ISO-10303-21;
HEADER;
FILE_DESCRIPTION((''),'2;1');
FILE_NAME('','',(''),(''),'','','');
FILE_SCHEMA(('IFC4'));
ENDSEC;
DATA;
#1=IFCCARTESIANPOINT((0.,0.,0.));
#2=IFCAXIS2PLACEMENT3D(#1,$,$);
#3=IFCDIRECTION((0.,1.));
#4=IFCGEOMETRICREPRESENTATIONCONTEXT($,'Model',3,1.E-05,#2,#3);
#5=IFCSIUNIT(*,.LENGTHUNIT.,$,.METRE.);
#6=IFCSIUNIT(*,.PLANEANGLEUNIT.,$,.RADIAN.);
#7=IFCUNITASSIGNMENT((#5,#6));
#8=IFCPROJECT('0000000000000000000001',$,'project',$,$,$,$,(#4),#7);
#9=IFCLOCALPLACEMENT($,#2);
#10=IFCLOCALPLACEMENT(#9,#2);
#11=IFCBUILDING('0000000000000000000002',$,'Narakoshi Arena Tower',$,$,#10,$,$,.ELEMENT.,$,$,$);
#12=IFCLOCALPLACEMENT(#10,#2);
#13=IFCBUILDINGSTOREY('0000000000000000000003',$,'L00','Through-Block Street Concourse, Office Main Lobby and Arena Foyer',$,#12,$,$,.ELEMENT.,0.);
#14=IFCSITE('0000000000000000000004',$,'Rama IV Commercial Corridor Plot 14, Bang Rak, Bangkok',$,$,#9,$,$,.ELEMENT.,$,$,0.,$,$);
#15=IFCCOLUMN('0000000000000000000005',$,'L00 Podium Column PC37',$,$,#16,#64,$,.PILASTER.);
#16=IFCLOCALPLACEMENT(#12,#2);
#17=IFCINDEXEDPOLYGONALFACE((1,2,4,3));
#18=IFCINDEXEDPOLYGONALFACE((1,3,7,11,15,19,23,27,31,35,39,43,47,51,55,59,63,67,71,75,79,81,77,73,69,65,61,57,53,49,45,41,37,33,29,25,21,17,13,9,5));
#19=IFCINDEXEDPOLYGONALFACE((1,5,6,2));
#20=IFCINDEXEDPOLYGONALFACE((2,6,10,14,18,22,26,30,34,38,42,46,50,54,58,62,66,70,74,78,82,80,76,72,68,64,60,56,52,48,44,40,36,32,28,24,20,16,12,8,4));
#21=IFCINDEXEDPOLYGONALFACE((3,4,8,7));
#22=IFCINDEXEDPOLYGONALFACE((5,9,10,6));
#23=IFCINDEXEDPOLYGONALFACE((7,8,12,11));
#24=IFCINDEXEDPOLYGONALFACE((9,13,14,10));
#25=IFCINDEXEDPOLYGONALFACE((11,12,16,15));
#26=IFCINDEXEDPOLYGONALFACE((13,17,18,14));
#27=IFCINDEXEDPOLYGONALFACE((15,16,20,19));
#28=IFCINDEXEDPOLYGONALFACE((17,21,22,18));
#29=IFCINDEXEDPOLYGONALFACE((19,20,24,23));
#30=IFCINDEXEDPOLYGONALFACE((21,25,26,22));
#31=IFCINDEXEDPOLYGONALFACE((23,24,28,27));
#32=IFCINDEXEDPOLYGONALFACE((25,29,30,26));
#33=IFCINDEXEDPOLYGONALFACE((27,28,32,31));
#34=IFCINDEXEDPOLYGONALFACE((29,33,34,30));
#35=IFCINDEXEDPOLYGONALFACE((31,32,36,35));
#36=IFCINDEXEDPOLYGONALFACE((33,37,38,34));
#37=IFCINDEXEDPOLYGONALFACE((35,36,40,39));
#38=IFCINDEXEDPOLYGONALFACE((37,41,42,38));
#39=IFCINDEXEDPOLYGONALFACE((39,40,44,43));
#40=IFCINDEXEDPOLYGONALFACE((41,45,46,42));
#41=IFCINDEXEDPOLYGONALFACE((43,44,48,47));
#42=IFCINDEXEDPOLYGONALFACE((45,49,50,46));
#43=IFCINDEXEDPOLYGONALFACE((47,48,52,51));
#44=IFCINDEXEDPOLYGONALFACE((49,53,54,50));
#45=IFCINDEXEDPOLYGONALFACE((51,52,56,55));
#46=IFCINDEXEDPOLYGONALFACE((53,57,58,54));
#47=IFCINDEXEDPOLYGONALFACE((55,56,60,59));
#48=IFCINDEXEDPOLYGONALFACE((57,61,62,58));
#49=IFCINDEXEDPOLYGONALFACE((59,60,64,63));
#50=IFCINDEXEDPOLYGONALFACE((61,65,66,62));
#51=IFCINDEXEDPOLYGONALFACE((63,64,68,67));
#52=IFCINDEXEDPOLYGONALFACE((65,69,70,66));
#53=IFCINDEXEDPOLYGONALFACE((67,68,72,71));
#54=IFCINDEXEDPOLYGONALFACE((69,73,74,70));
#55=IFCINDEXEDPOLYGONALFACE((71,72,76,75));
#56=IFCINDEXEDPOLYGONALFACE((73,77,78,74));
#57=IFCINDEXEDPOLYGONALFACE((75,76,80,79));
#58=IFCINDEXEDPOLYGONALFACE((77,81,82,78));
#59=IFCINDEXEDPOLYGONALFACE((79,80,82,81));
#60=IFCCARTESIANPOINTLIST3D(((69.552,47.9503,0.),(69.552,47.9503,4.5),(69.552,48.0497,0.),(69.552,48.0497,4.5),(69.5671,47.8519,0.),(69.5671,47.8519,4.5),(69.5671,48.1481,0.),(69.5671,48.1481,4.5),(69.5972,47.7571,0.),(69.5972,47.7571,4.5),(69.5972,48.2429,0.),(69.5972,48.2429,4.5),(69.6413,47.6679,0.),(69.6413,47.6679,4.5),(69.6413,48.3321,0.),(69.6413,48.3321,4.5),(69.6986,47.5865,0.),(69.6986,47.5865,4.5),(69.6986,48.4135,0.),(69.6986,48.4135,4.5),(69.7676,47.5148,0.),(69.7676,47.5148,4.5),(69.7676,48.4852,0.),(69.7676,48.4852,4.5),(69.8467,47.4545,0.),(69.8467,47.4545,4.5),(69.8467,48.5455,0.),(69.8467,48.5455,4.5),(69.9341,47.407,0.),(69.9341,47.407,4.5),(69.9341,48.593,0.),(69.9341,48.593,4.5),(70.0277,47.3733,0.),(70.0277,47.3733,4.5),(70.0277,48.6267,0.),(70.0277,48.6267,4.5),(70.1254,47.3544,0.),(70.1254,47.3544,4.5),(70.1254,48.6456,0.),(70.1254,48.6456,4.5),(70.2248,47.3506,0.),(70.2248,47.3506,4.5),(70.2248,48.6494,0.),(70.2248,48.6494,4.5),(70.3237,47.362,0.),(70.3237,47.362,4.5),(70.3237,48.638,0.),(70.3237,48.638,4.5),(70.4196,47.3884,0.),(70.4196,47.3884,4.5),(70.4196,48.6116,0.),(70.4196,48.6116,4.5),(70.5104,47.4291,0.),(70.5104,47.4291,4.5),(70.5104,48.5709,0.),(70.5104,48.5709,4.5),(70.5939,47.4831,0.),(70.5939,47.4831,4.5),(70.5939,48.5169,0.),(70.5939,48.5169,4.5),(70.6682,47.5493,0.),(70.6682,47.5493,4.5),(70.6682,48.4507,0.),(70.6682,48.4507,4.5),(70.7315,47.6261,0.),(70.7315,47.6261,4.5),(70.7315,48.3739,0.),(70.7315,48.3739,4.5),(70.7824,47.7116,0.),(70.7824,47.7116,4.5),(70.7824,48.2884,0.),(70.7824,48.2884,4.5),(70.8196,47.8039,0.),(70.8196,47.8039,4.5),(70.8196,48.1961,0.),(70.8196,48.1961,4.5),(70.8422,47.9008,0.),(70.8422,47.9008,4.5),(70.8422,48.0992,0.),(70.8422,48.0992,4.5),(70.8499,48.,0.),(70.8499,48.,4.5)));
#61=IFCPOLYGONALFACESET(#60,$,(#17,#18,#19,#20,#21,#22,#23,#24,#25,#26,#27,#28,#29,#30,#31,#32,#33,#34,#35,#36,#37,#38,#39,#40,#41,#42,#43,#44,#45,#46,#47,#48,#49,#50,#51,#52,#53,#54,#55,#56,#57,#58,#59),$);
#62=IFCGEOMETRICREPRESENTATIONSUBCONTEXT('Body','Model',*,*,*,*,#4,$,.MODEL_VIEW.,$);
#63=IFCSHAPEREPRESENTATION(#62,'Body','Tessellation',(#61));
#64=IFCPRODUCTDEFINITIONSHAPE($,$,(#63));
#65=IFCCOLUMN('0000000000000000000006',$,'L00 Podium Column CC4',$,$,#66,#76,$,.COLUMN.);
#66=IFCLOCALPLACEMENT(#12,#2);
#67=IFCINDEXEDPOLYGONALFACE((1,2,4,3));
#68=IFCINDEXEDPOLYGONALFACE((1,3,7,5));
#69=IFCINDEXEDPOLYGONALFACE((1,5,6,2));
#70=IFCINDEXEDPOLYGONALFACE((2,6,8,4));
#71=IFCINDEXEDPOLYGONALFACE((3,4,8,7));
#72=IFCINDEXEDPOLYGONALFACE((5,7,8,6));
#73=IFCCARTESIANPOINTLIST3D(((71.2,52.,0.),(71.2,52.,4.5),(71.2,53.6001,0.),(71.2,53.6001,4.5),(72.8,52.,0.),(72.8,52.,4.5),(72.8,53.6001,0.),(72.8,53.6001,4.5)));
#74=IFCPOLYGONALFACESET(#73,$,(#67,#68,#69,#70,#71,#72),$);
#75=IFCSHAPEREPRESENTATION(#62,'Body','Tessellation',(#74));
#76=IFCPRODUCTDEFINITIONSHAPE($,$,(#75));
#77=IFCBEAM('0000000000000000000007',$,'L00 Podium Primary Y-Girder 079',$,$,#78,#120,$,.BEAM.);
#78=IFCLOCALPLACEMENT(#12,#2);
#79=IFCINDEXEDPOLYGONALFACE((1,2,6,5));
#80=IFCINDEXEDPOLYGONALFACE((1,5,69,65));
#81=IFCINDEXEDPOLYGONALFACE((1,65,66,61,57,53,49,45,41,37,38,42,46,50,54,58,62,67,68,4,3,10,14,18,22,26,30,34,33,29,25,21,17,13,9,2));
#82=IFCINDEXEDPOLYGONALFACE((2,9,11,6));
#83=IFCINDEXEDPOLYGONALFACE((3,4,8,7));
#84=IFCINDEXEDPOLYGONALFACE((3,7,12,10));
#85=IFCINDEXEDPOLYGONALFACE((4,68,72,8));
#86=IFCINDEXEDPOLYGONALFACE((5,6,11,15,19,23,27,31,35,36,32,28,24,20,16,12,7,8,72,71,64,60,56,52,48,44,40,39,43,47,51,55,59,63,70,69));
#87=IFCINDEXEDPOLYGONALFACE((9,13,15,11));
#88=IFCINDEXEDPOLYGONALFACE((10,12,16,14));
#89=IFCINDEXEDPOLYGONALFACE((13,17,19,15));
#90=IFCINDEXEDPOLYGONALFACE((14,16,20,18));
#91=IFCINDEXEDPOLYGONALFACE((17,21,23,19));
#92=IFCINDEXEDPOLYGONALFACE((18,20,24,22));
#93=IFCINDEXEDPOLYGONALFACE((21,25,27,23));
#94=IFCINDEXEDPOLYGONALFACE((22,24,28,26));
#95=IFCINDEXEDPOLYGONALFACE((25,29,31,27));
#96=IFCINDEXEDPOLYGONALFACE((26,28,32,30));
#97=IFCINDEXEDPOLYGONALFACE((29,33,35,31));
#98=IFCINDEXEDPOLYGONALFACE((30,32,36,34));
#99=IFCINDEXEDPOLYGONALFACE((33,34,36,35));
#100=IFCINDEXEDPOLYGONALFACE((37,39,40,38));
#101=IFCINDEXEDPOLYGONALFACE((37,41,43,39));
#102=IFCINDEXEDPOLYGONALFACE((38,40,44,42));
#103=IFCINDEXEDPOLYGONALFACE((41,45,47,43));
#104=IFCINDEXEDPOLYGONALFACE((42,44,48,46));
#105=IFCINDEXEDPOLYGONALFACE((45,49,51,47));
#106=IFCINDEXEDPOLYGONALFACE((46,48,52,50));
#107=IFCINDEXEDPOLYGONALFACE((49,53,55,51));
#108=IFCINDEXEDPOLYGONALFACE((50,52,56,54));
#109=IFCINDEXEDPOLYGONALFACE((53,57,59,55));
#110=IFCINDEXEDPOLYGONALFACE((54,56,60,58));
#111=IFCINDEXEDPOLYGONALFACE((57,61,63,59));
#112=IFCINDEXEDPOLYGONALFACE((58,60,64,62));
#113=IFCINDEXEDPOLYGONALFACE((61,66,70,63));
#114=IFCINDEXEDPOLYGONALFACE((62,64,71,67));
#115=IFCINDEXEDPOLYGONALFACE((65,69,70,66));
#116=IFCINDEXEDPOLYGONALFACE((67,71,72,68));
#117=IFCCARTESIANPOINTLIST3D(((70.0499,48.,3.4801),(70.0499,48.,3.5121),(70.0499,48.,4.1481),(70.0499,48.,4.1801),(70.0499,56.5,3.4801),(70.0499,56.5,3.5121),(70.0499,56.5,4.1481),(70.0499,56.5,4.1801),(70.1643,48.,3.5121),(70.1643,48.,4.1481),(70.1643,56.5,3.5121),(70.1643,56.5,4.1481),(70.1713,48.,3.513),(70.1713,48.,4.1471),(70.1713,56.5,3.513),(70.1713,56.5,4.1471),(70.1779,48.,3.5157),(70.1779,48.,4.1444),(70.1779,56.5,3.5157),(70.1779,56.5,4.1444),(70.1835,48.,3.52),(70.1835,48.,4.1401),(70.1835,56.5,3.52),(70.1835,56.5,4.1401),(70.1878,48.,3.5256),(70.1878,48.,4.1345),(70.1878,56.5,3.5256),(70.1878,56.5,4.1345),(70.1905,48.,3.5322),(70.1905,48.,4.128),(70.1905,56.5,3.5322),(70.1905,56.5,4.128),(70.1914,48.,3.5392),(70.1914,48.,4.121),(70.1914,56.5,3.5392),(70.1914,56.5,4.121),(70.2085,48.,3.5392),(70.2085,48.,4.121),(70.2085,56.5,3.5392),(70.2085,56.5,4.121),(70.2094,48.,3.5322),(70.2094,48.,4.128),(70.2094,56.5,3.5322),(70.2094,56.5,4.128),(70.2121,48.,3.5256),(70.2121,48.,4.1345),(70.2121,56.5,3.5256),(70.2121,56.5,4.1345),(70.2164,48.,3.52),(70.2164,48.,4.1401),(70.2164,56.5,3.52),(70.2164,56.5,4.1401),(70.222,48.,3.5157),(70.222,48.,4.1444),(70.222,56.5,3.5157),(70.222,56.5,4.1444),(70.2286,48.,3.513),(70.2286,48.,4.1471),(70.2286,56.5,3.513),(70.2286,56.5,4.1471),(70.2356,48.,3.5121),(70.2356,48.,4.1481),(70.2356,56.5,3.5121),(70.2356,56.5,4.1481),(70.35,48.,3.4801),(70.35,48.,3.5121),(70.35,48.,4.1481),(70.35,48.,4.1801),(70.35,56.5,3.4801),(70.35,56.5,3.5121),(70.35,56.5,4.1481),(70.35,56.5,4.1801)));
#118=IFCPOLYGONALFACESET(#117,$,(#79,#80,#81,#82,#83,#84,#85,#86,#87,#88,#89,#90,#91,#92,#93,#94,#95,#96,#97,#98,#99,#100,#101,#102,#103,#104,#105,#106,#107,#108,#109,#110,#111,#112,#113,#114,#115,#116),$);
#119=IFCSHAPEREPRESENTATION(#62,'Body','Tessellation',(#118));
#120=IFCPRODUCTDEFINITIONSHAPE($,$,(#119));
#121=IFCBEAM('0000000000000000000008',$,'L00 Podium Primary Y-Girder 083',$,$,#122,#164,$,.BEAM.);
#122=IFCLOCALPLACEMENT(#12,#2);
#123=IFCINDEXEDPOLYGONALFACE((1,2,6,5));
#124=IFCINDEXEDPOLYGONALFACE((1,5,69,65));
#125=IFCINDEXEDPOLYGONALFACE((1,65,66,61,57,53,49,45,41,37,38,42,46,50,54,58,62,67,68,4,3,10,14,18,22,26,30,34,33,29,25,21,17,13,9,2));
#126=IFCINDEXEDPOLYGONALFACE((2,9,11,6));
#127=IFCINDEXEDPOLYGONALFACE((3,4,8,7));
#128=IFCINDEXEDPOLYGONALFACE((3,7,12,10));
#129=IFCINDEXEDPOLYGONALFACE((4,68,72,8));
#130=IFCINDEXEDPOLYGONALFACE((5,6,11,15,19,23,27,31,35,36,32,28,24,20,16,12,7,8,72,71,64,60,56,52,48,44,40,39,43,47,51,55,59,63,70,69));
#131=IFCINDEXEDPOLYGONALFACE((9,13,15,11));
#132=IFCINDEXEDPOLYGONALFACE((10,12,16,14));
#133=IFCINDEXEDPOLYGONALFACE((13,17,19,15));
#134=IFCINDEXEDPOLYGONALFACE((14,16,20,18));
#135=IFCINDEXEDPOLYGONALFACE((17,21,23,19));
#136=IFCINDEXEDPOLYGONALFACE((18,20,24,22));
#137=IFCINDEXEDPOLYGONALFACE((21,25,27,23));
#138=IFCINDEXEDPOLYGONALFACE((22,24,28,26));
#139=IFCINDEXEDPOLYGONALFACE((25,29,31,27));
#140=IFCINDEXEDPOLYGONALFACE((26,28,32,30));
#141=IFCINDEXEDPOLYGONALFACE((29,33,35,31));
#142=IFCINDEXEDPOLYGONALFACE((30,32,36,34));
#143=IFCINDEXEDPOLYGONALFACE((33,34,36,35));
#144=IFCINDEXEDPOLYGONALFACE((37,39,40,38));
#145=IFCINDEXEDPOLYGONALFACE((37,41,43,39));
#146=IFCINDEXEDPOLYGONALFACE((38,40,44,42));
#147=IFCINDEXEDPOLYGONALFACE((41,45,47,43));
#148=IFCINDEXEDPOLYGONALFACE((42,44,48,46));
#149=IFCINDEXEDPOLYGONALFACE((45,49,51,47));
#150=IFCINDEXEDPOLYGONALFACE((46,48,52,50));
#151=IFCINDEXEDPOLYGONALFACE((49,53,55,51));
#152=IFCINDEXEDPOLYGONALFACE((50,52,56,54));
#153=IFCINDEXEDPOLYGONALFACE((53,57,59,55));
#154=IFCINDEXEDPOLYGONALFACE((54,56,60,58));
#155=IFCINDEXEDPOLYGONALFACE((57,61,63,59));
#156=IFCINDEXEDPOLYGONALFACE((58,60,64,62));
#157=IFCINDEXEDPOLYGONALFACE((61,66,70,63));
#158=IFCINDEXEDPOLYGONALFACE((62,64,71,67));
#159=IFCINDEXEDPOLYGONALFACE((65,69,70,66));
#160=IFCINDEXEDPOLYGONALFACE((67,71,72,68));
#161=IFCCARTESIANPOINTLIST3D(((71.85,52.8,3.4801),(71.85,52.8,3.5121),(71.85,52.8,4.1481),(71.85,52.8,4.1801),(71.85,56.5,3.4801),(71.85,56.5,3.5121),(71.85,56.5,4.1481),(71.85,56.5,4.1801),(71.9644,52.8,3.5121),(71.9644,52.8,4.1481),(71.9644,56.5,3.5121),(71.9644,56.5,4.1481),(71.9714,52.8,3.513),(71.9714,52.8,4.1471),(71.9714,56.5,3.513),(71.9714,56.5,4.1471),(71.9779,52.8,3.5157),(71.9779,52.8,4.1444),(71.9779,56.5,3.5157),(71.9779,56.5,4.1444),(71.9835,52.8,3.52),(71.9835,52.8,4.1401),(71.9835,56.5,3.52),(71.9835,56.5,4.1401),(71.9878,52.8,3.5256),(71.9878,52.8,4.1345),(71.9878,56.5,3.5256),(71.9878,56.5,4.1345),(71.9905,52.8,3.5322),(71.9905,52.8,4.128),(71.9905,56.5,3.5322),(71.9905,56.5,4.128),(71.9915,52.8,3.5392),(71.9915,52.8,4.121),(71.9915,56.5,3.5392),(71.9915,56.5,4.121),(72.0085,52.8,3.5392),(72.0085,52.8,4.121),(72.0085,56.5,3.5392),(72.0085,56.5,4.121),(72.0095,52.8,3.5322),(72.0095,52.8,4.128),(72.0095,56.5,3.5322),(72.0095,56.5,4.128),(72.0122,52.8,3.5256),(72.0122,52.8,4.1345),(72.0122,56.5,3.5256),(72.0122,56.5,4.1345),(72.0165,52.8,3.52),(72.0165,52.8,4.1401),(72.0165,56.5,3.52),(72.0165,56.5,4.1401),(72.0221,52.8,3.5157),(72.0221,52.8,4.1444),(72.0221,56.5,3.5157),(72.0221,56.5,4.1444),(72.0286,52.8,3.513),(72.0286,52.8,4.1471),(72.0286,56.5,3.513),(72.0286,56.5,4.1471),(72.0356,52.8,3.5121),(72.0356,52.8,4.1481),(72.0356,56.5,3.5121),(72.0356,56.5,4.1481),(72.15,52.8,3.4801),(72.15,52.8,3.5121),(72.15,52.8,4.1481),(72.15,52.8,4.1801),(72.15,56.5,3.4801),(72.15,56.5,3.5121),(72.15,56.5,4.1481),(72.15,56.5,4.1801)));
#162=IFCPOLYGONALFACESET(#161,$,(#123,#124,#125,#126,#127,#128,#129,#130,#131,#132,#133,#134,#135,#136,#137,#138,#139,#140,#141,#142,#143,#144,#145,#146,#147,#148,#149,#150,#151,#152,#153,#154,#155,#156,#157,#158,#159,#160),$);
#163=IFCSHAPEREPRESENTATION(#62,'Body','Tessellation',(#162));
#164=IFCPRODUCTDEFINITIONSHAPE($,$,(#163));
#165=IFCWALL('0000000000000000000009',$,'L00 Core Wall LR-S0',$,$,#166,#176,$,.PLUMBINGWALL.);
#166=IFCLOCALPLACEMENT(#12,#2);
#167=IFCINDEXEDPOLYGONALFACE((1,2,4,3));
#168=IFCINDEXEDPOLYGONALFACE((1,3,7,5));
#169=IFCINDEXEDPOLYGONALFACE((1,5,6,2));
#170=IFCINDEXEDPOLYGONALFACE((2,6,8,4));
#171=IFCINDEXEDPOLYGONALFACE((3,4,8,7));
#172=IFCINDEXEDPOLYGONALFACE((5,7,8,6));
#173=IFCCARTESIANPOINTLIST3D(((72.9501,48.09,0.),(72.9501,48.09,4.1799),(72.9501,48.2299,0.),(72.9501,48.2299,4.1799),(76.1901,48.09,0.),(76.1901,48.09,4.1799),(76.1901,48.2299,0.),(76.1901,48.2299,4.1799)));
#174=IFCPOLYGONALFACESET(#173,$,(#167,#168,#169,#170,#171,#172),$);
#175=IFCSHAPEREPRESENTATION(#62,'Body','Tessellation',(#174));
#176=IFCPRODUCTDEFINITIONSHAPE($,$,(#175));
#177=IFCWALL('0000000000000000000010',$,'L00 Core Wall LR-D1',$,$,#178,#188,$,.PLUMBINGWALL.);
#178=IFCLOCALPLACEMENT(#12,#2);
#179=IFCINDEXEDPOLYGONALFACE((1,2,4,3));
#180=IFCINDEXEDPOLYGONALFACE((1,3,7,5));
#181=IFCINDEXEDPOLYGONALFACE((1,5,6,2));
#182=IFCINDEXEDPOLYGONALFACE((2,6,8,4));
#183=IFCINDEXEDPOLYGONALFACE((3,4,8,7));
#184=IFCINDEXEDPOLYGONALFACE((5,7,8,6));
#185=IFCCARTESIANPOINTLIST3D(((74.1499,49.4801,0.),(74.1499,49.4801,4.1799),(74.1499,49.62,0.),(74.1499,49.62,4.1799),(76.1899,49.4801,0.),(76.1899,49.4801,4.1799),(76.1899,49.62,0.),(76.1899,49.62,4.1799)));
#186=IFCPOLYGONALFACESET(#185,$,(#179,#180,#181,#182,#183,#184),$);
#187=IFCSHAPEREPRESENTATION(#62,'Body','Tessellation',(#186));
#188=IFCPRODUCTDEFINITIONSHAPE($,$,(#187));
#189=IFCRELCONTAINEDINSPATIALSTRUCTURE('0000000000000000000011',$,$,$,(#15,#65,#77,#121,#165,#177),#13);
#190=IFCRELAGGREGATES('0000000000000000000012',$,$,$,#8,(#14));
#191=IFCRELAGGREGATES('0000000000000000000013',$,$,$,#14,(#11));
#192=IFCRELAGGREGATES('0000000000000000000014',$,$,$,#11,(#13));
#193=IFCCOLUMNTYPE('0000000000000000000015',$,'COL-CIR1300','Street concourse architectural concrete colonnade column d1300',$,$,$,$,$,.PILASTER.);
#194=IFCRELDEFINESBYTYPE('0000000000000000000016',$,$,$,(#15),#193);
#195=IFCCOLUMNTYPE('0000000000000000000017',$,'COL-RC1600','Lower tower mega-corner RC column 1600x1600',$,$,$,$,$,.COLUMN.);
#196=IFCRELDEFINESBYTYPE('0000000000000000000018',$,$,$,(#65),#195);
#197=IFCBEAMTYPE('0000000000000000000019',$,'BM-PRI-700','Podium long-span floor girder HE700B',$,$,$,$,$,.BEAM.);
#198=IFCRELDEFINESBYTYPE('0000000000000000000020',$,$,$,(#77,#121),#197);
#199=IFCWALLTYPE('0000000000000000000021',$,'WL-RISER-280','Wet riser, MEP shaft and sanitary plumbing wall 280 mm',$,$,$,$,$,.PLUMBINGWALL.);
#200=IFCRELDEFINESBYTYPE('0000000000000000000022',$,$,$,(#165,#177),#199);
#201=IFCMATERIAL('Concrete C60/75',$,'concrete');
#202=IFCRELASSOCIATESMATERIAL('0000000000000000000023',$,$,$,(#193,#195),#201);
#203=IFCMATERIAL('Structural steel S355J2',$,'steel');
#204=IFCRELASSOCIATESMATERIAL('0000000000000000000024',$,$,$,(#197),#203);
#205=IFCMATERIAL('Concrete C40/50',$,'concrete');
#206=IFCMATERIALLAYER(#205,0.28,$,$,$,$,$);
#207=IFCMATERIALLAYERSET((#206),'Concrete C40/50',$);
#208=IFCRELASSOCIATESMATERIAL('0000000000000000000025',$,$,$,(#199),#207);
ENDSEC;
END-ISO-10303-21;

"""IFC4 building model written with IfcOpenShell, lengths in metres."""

from ifc_helpers import new_model, si_unit, direction, frame, frame_2d, origin, origin_2d, place, context, subcontext, project, spatial, rectangle, circle, i_section, extrude, material, layer, layer_set, material_profile, profile_set, type_object, element, save


model = new_model("IFC4")

# Units and contexts
model_context = context("Model", 3, precision=1e-05, world=origin(), true_north=direction((0.0, 1.0)))
body_context = subcontext(model_context, "Body", "Model", "MODEL_VIEW")
ifc_project = project(units=[si_unit("LENGTHUNIT", "METRE"), si_unit("PLANEANGLEUNIT", "RADIAN")], contexts=[model_context])

# Site, building, storey
site_placement = place(None, origin())
site = spatial("IfcSite", under=ifc_project, at=site_placement, Name="Rama IV Commercial Corridor Plot 14, Bang Rak, Bangkok", CompositionType="ELEMENT", RefElevation=0.0)
building_placement = place(site_placement, origin())
building = spatial("IfcBuilding", under=site, at=building_placement, Name="Narakoshi Arena Tower", CompositionType="ELEMENT")
storey_placement = place(building_placement, origin())
storey = spatial("IfcBuildingStorey", under=building, at=storey_placement, Name="L00", Description="Through-Block Street Concourse, Office Main Lobby and Arena Foyer", CompositionType="ELEMENT", Elevation=0.0)

# Columns
ifc_material_1 = material(Name="Concrete C60/75", Category="concrete")
ifc_material_profile_1 = material_profile(ifc_material_1, circle(Radius=0.6499, at=origin_2d()), Name="RCC1300")
ifc_profile_set_1 = profile_set([ifc_material_profile_1], Name="Concrete C60/75")
column_type_1 = type_object("IfcColumnType", Name="COL-CIR1300", Description="Street concourse architectural concrete colonnade column d1300", PredefinedType="PILASTER", material=ifc_profile_set_1)
column_1_placement = place(storey_placement, frame((70.2, 48.0, 0.0), z_axis=(0.0, 0.0, 1.0), x_axis=(1.0, 0.0, 0.0)))
element("IfcColumn", 1, at=column_1_placement, inside=storey, type_object=column_type_1, Name="L00 Podium Column PC37", PredefinedType="PILASTER", context=body_context, shape_type="SweptSolid", body=[
    extrude(circle(Radius=0.6499, at=origin_2d()), origin(), (0.0, 0.0, 1.0), 4.5),
])
ifc_material_profile_2 = material_profile(ifc_material_1, rectangle(XDim=1.6001, YDim=1.6001, at=origin_2d()), Name="RC1600x1600")
ifc_profile_set_2 = profile_set([ifc_material_profile_2], Name="Concrete C60/75")
column_type_2 = type_object("IfcColumnType", Name="COL-RC1600", Description="Lower tower mega-corner RC column 1600x1600", PredefinedType="COLUMN", material=ifc_profile_set_2)
column_2_placement = place(storey_placement, frame((72.0, 52.8, 0.0), z_axis=(0.0, 0.0, 1.0), x_axis=(1.0, 0.0, 0.0)))
element("IfcColumn", 2, at=column_2_placement, inside=storey, type_object=column_type_2, Name="L00 Podium Column CC4", PredefinedType="COLUMN", context=body_context, shape_type="SweptSolid", body=[
    extrude(rectangle(XDim=1.6001, YDim=1.6001, at=origin_2d()), origin(), (0.0, 0.0, 1.0), 4.5),
])

# Beams
ifc_material_2 = material(Name="Structural steel S355J2", Category="steel")
ifc_material_profile_3 = material_profile(ifc_material_2, i_section(OverallWidth=0.3, OverallDepth=0.7, WebThickness=0.0171, FlangeThickness=0.032, FilletRadius=0.0271, at=origin_2d()), Name="HE700B")
ifc_profile_set_3 = profile_set([ifc_material_profile_3], Name="Structural steel S355J2")
beam_type = type_object("IfcBeamType", Name="BM-PRI-700", Description="Podium long-span floor girder HE700B", PredefinedType="BEAM", material=ifc_profile_set_3)
beam_1_placement = place(storey_placement, frame((70.2, 48.0, 3.8301), z_axis=(0.0, 1.0, 0.0), x_axis=(-1.0, 0.0, 0.0)))
element("IfcBeam", 3, at=beam_1_placement, inside=storey, type_object=beam_type, Name="L00 Podium Primary Y-Girder 079", PredefinedType="BEAM", context=body_context, shape_type="SweptSolid", body=[
    extrude(i_section(OverallWidth=0.3, OverallDepth=0.7, WebThickness=0.0171, FlangeThickness=0.032, FilletRadius=0.0271, at=origin_2d()), origin(), (0.0, 0.0, 1.0), 8.5),
])
beam_2_placement = place(storey_placement, frame((72.0, 52.8, 3.8301), z_axis=(0.0, 1.0, 0.0), x_axis=(-1.0, 0.0, 0.0)))
element("IfcBeam", 4, at=beam_2_placement, inside=storey, type_object=beam_type, Name="L00 Podium Primary Y-Girder 083", PredefinedType="BEAM", context=body_context, shape_type="SweptSolid", body=[
    extrude(i_section(OverallWidth=0.3, OverallDepth=0.7, WebThickness=0.0171, FlangeThickness=0.032, FilletRadius=0.0271, at=origin_2d()), origin(), (0.0, 0.0, 1.0), 3.7),
])

# Walls
ifc_material_3 = material(Name="Concrete C40/50", Category="concrete")
ifc_layer_1 = layer(ifc_material_3, 0.28)
ifc_layer_set_1 = layer_set([ifc_layer_1], Name="Concrete C40/50")
wall_type_1 = type_object("IfcWallType", Name="WL-RISER-280", Description="Wet riser, MEP shaft and sanitary plumbing wall 280 mm", PredefinedType="PLUMBINGWALL", material=ifc_layer_set_1)
wall_1_placement = place(storey_placement, frame((72.95, 48.1599, 0.0), z_axis=(0.0, 0.0, 1.0), x_axis=(1.0, 0.0, 0.0)))
element("IfcWall", 5, at=wall_1_placement, inside=storey, type_object=wall_type_1, Name="L00 Core Wall LR-S0", PredefinedType="PLUMBINGWALL", context=body_context, shape_type="SweptSolid", body=[
    extrude(rectangle(XDim=3.24, YDim=0.1399, at=frame_2d((1.6201, 0.0))), origin(), (0.0, 0.0, 1.0), 4.1799),
])
for number, where, z_axis, x_axis, name in (
    (6, (74.1499, 49.55, 0.0), (0.0, 0.0, 1.0), (1.0, 0.0, 0.0), "L00 Core Wall LR-D1"),
):
    element("IfcWall", number, at=place(storey_placement, frame(where, z_axis=z_axis, x_axis=x_axis)), inside=storey, type_object=wall_type_1, Name=name, PredefinedType="PLUMBINGWALL", context=body_context, shape_type="SweptSolid", body=[
        extrude(rectangle(XDim=2.04, YDim=0.1399, at=frame_2d((1.02, 0.0))), origin(), (0.0, 0.0, 1.0), 4.1799),
    ])

save(model, "model.ifc")
